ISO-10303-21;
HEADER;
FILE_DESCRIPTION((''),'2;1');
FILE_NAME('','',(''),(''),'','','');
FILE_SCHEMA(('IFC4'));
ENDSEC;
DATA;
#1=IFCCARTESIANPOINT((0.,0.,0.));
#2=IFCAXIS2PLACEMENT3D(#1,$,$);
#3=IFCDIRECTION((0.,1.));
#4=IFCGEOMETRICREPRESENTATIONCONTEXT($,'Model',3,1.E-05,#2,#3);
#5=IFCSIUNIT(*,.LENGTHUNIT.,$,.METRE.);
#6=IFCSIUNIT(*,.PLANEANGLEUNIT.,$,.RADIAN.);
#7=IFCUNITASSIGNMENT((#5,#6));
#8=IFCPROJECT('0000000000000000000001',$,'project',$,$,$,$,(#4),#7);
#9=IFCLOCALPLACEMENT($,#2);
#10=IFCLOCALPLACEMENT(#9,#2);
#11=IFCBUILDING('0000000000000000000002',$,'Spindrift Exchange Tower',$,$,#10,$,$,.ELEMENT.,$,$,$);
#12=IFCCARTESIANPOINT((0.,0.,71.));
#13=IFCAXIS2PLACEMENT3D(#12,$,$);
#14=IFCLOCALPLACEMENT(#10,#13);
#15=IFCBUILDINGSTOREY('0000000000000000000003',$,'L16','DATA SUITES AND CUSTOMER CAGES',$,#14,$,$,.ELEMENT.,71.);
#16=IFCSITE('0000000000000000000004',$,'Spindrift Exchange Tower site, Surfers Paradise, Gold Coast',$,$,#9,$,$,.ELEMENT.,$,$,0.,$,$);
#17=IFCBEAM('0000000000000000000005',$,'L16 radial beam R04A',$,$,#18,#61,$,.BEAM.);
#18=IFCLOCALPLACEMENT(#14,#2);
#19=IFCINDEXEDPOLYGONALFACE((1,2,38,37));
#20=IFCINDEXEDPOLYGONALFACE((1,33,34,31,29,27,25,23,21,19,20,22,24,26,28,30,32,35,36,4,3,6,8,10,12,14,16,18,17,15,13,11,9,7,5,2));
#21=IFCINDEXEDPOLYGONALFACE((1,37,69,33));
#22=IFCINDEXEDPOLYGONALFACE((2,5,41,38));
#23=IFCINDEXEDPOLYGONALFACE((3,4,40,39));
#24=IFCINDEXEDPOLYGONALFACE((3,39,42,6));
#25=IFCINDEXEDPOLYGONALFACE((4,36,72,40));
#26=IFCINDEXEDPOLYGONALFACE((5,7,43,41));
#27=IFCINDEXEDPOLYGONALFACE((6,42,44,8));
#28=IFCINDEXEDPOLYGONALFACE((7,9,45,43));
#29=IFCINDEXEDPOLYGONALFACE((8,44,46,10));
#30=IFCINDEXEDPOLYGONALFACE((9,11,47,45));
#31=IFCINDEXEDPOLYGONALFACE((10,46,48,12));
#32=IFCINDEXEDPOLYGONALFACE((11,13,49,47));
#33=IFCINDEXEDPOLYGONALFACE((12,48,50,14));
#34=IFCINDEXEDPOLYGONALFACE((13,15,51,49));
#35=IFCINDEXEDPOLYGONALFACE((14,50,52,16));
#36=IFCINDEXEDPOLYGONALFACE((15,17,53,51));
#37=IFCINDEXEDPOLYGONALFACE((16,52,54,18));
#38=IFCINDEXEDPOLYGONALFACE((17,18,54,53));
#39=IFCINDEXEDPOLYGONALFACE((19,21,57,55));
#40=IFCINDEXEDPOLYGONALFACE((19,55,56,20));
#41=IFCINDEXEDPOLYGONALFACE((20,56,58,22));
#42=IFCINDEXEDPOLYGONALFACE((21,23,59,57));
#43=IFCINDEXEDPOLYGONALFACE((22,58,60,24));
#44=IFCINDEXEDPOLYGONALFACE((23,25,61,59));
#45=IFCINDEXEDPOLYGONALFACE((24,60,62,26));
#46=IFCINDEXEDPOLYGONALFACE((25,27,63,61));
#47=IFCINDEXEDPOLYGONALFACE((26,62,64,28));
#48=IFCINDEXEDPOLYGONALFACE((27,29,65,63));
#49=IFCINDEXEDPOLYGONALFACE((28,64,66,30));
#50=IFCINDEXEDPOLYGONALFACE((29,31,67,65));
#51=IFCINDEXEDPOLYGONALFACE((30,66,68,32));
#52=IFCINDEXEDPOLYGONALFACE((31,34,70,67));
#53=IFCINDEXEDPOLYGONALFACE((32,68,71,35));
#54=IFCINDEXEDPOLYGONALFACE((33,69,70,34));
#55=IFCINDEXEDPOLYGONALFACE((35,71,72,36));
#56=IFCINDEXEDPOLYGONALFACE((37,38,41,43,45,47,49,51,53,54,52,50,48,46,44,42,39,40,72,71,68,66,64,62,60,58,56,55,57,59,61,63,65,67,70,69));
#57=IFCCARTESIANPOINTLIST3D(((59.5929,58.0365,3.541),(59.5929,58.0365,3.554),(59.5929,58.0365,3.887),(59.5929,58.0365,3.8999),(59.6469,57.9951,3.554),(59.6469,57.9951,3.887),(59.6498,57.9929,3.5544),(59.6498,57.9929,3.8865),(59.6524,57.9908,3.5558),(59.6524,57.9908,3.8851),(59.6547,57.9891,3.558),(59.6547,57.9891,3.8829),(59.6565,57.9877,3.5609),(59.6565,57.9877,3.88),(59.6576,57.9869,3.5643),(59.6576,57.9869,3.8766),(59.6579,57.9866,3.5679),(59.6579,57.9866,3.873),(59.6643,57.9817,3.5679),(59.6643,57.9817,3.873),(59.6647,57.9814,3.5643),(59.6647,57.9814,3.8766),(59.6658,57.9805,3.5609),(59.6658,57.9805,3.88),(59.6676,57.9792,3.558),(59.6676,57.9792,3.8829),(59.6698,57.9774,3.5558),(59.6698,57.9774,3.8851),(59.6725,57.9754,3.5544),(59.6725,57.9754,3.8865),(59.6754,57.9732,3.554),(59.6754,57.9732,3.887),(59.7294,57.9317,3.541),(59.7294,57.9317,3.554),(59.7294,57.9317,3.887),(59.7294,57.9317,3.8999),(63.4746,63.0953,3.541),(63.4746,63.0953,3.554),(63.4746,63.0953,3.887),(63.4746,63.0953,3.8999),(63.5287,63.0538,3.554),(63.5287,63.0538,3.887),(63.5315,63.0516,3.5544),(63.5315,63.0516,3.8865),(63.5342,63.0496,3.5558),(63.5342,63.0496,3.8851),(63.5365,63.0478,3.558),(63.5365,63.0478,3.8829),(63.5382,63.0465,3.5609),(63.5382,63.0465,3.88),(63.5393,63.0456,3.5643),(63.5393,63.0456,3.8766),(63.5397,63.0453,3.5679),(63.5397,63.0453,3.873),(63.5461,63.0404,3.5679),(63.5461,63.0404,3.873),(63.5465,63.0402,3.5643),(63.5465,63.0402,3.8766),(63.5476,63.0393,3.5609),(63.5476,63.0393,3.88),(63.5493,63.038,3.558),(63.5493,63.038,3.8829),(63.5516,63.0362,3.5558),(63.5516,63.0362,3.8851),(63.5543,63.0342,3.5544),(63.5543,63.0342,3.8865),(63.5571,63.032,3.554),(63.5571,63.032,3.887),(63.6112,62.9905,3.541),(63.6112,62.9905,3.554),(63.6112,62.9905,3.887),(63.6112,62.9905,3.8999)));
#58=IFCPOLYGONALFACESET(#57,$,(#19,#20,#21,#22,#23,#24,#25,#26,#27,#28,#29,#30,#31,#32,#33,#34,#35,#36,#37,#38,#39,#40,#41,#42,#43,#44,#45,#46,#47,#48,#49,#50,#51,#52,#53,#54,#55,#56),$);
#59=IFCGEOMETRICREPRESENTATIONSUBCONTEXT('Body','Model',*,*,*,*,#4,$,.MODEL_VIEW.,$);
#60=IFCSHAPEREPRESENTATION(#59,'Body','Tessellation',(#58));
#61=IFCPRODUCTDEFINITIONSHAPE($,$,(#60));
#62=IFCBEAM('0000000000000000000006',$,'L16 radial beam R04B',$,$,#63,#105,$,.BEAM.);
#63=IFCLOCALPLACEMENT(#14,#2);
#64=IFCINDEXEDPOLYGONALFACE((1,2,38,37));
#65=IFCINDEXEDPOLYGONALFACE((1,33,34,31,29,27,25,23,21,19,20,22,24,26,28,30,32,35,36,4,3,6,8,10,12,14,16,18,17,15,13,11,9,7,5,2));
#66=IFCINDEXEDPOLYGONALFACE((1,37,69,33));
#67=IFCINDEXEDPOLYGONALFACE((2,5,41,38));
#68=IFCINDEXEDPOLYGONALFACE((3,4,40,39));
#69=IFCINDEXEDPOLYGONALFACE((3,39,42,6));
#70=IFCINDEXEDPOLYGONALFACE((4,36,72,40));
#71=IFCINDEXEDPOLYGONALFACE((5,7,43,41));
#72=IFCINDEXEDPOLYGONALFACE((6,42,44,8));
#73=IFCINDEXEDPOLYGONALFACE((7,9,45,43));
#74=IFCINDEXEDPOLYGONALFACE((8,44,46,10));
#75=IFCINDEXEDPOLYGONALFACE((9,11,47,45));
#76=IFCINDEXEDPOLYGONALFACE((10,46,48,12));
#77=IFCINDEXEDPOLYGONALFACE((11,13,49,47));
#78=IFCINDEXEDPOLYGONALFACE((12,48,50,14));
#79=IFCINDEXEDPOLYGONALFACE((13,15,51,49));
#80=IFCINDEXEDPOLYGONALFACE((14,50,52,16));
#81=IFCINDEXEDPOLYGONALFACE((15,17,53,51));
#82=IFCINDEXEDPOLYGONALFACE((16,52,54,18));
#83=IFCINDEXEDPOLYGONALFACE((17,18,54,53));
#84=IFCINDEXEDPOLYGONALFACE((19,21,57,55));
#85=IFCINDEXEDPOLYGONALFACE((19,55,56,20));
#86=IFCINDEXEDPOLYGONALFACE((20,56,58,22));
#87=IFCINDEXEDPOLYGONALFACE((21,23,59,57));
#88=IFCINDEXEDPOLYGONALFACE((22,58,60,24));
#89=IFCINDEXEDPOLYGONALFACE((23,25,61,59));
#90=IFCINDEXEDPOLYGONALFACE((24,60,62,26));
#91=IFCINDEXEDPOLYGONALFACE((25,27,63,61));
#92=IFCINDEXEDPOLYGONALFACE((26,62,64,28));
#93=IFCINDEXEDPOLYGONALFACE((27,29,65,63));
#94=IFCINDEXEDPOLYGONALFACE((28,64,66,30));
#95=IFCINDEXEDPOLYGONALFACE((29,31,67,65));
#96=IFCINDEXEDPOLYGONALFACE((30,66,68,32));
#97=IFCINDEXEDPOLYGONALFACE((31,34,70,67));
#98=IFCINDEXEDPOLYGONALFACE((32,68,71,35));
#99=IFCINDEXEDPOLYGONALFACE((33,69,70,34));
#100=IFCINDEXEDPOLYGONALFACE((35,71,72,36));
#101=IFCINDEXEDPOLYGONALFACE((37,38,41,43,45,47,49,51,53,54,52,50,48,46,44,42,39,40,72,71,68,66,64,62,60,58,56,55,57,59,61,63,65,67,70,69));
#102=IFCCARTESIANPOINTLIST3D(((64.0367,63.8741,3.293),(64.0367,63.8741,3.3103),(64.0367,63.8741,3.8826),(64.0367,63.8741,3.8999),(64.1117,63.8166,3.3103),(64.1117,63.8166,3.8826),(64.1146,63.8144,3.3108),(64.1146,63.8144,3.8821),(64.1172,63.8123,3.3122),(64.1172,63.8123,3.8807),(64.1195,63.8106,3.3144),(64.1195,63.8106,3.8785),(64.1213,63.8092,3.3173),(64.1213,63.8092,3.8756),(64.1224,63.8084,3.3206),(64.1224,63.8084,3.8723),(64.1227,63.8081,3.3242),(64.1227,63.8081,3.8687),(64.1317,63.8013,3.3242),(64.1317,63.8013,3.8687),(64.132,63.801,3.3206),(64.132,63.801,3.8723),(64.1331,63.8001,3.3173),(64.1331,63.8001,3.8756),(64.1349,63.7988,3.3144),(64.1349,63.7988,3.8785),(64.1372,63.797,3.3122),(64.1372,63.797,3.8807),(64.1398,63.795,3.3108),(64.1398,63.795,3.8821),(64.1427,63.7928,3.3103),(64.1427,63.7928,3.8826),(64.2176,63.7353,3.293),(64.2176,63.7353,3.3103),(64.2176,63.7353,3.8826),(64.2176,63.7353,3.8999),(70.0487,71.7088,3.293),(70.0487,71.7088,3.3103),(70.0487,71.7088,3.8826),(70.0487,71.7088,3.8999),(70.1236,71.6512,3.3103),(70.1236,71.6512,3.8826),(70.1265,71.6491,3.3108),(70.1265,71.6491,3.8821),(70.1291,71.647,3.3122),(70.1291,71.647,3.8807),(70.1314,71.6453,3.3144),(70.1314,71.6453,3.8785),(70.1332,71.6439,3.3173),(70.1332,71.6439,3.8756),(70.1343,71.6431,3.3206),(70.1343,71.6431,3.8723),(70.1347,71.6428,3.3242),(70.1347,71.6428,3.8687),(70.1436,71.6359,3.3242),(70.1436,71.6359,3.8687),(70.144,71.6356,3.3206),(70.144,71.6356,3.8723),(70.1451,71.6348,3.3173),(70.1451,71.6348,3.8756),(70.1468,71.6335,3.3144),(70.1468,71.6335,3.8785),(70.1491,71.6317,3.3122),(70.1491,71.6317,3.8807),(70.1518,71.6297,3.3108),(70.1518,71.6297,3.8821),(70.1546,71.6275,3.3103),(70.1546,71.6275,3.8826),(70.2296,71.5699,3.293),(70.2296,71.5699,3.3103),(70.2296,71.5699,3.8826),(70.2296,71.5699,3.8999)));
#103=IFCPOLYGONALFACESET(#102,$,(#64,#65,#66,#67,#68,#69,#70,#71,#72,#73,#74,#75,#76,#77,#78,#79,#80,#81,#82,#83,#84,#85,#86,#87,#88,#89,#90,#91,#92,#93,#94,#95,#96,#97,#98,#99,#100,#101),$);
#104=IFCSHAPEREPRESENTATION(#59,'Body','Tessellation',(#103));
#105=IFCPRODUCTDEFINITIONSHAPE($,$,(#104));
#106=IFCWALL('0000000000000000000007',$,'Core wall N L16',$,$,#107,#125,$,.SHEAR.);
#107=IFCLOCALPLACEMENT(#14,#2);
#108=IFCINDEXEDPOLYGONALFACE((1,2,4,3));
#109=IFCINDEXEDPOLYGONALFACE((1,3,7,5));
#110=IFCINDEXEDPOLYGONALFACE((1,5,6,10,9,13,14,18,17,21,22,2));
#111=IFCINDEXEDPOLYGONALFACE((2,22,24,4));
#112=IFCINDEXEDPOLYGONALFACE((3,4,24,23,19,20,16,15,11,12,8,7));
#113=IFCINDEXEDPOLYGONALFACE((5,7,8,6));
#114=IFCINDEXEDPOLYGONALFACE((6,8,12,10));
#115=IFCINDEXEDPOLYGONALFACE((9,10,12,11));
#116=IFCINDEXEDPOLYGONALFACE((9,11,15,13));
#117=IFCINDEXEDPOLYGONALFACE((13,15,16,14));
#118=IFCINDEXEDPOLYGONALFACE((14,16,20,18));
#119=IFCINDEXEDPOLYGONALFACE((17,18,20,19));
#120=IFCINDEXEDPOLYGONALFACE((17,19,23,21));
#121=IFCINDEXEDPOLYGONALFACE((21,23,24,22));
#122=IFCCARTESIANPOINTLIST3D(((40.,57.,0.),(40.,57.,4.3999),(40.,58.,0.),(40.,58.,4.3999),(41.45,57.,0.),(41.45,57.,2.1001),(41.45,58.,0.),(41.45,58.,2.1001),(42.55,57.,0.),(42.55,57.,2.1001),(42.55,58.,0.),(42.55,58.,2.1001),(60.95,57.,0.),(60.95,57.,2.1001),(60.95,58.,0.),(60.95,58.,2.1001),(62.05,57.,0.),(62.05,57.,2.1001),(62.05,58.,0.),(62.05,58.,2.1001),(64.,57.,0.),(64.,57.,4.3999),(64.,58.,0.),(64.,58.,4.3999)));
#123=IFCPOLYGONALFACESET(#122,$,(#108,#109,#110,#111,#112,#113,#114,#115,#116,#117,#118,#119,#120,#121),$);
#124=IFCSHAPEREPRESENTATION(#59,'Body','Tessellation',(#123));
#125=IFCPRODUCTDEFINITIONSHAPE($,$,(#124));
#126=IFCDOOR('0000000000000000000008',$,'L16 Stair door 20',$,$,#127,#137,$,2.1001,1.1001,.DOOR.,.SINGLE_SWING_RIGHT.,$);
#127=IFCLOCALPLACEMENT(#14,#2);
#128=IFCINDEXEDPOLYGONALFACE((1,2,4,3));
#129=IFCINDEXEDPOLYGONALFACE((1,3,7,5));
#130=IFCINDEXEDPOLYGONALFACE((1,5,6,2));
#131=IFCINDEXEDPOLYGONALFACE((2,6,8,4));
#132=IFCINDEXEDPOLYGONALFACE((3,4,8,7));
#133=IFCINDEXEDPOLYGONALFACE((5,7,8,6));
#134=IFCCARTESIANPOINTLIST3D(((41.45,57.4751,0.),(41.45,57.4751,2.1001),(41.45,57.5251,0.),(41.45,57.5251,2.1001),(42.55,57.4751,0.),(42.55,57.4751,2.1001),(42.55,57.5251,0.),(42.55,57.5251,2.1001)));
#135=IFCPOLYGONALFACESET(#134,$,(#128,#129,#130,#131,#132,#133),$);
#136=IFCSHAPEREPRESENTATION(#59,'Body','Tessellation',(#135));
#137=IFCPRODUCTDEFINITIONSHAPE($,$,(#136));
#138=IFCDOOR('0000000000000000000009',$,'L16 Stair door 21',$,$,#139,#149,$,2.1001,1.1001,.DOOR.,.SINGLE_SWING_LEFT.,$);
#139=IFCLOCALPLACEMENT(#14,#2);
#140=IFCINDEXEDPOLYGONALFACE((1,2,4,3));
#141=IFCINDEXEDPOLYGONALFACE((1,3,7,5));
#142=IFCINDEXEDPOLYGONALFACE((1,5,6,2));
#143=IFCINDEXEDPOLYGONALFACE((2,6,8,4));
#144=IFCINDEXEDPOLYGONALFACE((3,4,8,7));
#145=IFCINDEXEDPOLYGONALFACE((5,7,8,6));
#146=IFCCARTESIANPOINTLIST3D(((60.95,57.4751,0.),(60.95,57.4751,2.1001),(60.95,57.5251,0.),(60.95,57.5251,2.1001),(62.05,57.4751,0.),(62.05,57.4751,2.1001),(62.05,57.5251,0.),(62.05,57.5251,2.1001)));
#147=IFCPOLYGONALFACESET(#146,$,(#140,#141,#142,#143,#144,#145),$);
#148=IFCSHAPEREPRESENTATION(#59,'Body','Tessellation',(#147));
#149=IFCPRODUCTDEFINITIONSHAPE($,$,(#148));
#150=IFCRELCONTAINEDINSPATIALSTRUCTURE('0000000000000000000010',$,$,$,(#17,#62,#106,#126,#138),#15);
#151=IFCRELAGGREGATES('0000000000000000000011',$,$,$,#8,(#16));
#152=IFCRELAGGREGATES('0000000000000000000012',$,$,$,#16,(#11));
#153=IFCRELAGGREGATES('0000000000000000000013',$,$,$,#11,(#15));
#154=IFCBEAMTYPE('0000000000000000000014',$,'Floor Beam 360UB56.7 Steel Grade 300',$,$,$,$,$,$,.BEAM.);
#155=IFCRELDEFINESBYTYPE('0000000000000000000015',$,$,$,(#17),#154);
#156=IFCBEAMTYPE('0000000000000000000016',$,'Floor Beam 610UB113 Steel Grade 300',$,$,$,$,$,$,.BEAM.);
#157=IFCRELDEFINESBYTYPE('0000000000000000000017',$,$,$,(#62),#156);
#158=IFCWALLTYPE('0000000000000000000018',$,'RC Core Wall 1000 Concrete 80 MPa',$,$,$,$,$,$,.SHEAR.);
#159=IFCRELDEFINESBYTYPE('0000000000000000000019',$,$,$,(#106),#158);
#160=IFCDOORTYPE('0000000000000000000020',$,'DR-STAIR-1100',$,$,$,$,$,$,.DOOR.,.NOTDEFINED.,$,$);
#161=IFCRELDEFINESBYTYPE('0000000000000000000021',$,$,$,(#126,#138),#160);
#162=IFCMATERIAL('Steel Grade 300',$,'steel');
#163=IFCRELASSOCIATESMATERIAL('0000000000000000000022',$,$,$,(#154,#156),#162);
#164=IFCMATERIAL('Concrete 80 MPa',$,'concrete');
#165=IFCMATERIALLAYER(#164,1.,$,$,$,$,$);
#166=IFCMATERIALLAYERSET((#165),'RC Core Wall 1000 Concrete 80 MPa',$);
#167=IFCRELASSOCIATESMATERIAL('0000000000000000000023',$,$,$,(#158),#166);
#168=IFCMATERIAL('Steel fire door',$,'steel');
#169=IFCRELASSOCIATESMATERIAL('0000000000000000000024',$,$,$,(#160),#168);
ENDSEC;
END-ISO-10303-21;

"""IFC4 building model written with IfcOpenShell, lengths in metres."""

from ifc_helpers import new_model, si_unit, direction, frame, frame_2d, origin, origin_2d, place, context, subcontext, project, spatial, rectangle, i_section, extrude, source, transform, mapped, material, layer, layer_set, material_profile, profile_set, type_object, element, fill, save


model = new_model("IFC4")

# Units and contexts
model_context = context("Model", 3, precision=1e-05, world=origin(), true_north=direction((0.0, 1.0)))
body_context = subcontext(model_context, "Body", "Model", "MODEL_VIEW")
ifc_project = project(units=[si_unit("LENGTHUNIT", "METRE"), si_unit("PLANEANGLEUNIT", "RADIAN")], contexts=[model_context])

# Site, building, storey
site_placement = place(None, origin())
site = spatial("IfcSite", under=ifc_project, at=site_placement, Name="Spindrift Exchange Tower site, Surfers Paradise, Gold Coast", CompositionType="ELEMENT", RefElevation=0.0)
building_placement = place(site_placement, origin())
building = spatial("IfcBuilding", under=site, at=building_placement, Name="Spindrift Exchange Tower", CompositionType="ELEMENT")
storey_placement = place(building_placement, frame((0.0, 0.0, 71.0)))
storey = spatial("IfcBuildingStorey", under=building, at=storey_placement, Name="L16", Description="DATA SUITES AND CUSTOMER CAGES", CompositionType="ELEMENT", Elevation=71.0)

# Shared definitions
ifc_material_1 = material(Name="Concrete 80 MPa", Category="concrete")

# Beams
ifc_material_2 = material(Name="Steel Grade 300", Category="steel")
ifc_material_profile_1 = material_profile(ifc_material_2, i_section(OverallWidth=0.1721, OverallDepth=0.3589, WebThickness=0.0081, FlangeThickness=0.0129, FilletRadius=0.0139, at=origin_2d()), Name="360UB56.7")
ifc_profile_set_1 = profile_set([ifc_material_profile_1], Name="Steel Grade 300")
beam_type_1 = type_object("IfcBeamType", Name="Floor Beam 360UB56.7 Steel Grade 300", PredefinedType="BEAM", material=ifc_profile_set_1)
shared_shape_1 = source(origin(), body_context, "Body", "SweptSolid", [
    extrude(i_section(OverallWidth=0.1721, OverallDepth=0.3589, WebThickness=0.0081, FlangeThickness=0.0129, FilletRadius=0.0139, at=origin_2d()), origin(), (0.0, 0.0, 1.0), 6.3765),
])
beam_1_placement = place(storey_placement, frame((59.6611, 57.9841, 3.7205), z_axis=(0.608767, 0.793349, 0.0), x_axis=(-0.793349, 0.608767, 0.0)))
element("IfcBeam", 1, at=beam_1_placement, inside=storey, type_object=beam_type_1, Name="L16 radial beam R04A", PredefinedType="BEAM", context=body_context, shape_type="MappedRepresentation", body=[
    mapped(shared_shape_1, transform((0.0, 0.0, 0.0), scale=1.0)),
])
ifc_material_profile_2 = material_profile(ifc_material_2, i_section(OverallWidth=0.228, OverallDepth=0.6069, WebThickness=0.0112, FlangeThickness=0.0173, FilletRadius=0.0139, at=origin_2d()), Name="610UB113")
ifc_profile_set_2 = profile_set([ifc_material_profile_2], Name="Steel Grade 300")
beam_type_2 = type_object("IfcBeamType", Name="Floor Beam 610UB113 Steel Grade 300", PredefinedType="BEAM", material=ifc_profile_set_2)
shared_shape_2 = source(origin(), body_context, "Body", "SweptSolid", [
    extrude(i_section(OverallWidth=0.228, OverallDepth=0.6069, WebThickness=0.0112, FlangeThickness=0.0173, FilletRadius=0.0139, at=origin_2d()), origin(), (0.0, 0.0, 1.0), 9.8755),
])
beam_2_placement = place(storey_placement, frame((64.1272, 63.8047, 3.5964), z_axis=(0.608772, 0.793345, 0.0), x_axis=(-0.793345, 0.608772, 0.0)))
element("IfcBeam", 2, at=beam_2_placement, inside=storey, type_object=beam_type_2, Name="L16 radial beam R04B", PredefinedType="BEAM", context=body_context, shape_type="MappedRepresentation", body=[
    mapped(shared_shape_2, transform((0.0, 0.0, 0.0), scale=1.0)),
])

# Wall, openings, doors
ifc_layer_1 = layer(ifc_material_1, 1.0)
ifc_layer_set_1 = layer_set([ifc_layer_1], Name="RC Core Wall 1000 Concrete 80 MPa")
wall_type_1 = type_object("IfcWallType", Name="RC Core Wall 1000 Concrete 80 MPa", PredefinedType="SHEAR", material=ifc_layer_set_1)
wall_1_placement = place(storey_placement, frame((64.0, 57.5, 0.0), z_axis=(0.0, 0.0, 1.0), x_axis=(-1.0, 0.0, 0.0)))
wall_1 = element("IfcWall", 3, at=wall_1_placement, inside=storey, type_object=wall_type_1, Name="Core wall N L16", PredefinedType="SHEAR", context=body_context, shape_type="SweptSolid", body=[
    extrude(rectangle(XDim=24.0, YDim=1.0, at=frame_2d((12.0, 0.0))), origin(), (0.0, 0.0, 1.0), 4.3999),
])
opening_1_placement = place(wall_1_placement, frame((21.45, 0.0, 0.0)))
opening_1 = element("IfcOpeningElement", 4, at=opening_1_placement, cuts=wall_1, PredefinedType="OPENING", context=body_context, shape_type="SweptSolid", body=[
    extrude(rectangle(XDim=1.1001, YDim=2.1001, at=frame_2d((0.55, 1.05))), frame((0.0, 0.51, 0.0), z_axis=(0.0, -1.0, 0.0), x_axis=(1.0, 0.0, 0.0)), (0.0, 0.0, 1.0), 1.02),
])
opening_2_placement = place(wall_1_placement, frame((1.95, 0.0, 0.0)))
opening_2 = element("IfcOpeningElement", 5, at=opening_2_placement, cuts=wall_1, PredefinedType="OPENING", context=body_context, shape_type="SweptSolid", body=[
    extrude(rectangle(XDim=1.1001, YDim=2.1001, at=frame_2d((0.55, 1.05))), frame((0.0, 0.51, 0.0), z_axis=(0.0, -1.0, 0.0), x_axis=(1.0, 0.0, 0.0)), (0.0, 0.0, 1.0), 1.02),
])
ifc_material_3 = material(Name="Steel fire door", Category="steel")
door_type_1 = type_object("IfcDoorType", Name="DR-STAIR-1100", OperationType="NOTDEFINED", PredefinedType="DOOR", material=ifc_material_3)
shared_shape_3 = source(origin(), body_context, "Body", "SweptSolid", [
    extrude(rectangle(XDim=1.1001, YDim=2.1001, at=frame_2d((0.55, 1.05))), frame((0.0, 0.0249, 0.0), z_axis=(0.0, -1.0, 0.0), x_axis=(1.0, 0.0, 0.0)), (0.0, 0.0, 1.0), 0.05),
])
door_1_placement = place(opening_1_placement, origin())
door_1 = element("IfcDoor", 6, at=door_1_placement, inside=storey, type_object=door_type_1, Name="L16 Stair door 20", OperationType="SINGLE_SWING_RIGHT", OverallHeight=2.1001, OverallWidth=1.1001, PredefinedType="DOOR", context=body_context, shape_type="MappedRepresentation", body=[
    mapped(shared_shape_3, transform((0.0, 0.0, 0.0), scale=1.0)),
])
fill(opening_1, door_1)
door_2_placement = place(opening_2_placement, origin())
door_2 = element("IfcDoor", 7, at=door_2_placement, inside=storey, type_object=door_type_1, Name="L16 Stair door 21", OperationType="SINGLE_SWING_LEFT", OverallHeight=2.1001, OverallWidth=1.1001, PredefinedType="DOOR", context=body_context, shape_type="MappedRepresentation", body=[
    mapped(shared_shape_3, transform((0.0, 0.0, 0.0), scale=1.0)),
])
fill(opening_2, door_2)

save(model, "model.ifc")
